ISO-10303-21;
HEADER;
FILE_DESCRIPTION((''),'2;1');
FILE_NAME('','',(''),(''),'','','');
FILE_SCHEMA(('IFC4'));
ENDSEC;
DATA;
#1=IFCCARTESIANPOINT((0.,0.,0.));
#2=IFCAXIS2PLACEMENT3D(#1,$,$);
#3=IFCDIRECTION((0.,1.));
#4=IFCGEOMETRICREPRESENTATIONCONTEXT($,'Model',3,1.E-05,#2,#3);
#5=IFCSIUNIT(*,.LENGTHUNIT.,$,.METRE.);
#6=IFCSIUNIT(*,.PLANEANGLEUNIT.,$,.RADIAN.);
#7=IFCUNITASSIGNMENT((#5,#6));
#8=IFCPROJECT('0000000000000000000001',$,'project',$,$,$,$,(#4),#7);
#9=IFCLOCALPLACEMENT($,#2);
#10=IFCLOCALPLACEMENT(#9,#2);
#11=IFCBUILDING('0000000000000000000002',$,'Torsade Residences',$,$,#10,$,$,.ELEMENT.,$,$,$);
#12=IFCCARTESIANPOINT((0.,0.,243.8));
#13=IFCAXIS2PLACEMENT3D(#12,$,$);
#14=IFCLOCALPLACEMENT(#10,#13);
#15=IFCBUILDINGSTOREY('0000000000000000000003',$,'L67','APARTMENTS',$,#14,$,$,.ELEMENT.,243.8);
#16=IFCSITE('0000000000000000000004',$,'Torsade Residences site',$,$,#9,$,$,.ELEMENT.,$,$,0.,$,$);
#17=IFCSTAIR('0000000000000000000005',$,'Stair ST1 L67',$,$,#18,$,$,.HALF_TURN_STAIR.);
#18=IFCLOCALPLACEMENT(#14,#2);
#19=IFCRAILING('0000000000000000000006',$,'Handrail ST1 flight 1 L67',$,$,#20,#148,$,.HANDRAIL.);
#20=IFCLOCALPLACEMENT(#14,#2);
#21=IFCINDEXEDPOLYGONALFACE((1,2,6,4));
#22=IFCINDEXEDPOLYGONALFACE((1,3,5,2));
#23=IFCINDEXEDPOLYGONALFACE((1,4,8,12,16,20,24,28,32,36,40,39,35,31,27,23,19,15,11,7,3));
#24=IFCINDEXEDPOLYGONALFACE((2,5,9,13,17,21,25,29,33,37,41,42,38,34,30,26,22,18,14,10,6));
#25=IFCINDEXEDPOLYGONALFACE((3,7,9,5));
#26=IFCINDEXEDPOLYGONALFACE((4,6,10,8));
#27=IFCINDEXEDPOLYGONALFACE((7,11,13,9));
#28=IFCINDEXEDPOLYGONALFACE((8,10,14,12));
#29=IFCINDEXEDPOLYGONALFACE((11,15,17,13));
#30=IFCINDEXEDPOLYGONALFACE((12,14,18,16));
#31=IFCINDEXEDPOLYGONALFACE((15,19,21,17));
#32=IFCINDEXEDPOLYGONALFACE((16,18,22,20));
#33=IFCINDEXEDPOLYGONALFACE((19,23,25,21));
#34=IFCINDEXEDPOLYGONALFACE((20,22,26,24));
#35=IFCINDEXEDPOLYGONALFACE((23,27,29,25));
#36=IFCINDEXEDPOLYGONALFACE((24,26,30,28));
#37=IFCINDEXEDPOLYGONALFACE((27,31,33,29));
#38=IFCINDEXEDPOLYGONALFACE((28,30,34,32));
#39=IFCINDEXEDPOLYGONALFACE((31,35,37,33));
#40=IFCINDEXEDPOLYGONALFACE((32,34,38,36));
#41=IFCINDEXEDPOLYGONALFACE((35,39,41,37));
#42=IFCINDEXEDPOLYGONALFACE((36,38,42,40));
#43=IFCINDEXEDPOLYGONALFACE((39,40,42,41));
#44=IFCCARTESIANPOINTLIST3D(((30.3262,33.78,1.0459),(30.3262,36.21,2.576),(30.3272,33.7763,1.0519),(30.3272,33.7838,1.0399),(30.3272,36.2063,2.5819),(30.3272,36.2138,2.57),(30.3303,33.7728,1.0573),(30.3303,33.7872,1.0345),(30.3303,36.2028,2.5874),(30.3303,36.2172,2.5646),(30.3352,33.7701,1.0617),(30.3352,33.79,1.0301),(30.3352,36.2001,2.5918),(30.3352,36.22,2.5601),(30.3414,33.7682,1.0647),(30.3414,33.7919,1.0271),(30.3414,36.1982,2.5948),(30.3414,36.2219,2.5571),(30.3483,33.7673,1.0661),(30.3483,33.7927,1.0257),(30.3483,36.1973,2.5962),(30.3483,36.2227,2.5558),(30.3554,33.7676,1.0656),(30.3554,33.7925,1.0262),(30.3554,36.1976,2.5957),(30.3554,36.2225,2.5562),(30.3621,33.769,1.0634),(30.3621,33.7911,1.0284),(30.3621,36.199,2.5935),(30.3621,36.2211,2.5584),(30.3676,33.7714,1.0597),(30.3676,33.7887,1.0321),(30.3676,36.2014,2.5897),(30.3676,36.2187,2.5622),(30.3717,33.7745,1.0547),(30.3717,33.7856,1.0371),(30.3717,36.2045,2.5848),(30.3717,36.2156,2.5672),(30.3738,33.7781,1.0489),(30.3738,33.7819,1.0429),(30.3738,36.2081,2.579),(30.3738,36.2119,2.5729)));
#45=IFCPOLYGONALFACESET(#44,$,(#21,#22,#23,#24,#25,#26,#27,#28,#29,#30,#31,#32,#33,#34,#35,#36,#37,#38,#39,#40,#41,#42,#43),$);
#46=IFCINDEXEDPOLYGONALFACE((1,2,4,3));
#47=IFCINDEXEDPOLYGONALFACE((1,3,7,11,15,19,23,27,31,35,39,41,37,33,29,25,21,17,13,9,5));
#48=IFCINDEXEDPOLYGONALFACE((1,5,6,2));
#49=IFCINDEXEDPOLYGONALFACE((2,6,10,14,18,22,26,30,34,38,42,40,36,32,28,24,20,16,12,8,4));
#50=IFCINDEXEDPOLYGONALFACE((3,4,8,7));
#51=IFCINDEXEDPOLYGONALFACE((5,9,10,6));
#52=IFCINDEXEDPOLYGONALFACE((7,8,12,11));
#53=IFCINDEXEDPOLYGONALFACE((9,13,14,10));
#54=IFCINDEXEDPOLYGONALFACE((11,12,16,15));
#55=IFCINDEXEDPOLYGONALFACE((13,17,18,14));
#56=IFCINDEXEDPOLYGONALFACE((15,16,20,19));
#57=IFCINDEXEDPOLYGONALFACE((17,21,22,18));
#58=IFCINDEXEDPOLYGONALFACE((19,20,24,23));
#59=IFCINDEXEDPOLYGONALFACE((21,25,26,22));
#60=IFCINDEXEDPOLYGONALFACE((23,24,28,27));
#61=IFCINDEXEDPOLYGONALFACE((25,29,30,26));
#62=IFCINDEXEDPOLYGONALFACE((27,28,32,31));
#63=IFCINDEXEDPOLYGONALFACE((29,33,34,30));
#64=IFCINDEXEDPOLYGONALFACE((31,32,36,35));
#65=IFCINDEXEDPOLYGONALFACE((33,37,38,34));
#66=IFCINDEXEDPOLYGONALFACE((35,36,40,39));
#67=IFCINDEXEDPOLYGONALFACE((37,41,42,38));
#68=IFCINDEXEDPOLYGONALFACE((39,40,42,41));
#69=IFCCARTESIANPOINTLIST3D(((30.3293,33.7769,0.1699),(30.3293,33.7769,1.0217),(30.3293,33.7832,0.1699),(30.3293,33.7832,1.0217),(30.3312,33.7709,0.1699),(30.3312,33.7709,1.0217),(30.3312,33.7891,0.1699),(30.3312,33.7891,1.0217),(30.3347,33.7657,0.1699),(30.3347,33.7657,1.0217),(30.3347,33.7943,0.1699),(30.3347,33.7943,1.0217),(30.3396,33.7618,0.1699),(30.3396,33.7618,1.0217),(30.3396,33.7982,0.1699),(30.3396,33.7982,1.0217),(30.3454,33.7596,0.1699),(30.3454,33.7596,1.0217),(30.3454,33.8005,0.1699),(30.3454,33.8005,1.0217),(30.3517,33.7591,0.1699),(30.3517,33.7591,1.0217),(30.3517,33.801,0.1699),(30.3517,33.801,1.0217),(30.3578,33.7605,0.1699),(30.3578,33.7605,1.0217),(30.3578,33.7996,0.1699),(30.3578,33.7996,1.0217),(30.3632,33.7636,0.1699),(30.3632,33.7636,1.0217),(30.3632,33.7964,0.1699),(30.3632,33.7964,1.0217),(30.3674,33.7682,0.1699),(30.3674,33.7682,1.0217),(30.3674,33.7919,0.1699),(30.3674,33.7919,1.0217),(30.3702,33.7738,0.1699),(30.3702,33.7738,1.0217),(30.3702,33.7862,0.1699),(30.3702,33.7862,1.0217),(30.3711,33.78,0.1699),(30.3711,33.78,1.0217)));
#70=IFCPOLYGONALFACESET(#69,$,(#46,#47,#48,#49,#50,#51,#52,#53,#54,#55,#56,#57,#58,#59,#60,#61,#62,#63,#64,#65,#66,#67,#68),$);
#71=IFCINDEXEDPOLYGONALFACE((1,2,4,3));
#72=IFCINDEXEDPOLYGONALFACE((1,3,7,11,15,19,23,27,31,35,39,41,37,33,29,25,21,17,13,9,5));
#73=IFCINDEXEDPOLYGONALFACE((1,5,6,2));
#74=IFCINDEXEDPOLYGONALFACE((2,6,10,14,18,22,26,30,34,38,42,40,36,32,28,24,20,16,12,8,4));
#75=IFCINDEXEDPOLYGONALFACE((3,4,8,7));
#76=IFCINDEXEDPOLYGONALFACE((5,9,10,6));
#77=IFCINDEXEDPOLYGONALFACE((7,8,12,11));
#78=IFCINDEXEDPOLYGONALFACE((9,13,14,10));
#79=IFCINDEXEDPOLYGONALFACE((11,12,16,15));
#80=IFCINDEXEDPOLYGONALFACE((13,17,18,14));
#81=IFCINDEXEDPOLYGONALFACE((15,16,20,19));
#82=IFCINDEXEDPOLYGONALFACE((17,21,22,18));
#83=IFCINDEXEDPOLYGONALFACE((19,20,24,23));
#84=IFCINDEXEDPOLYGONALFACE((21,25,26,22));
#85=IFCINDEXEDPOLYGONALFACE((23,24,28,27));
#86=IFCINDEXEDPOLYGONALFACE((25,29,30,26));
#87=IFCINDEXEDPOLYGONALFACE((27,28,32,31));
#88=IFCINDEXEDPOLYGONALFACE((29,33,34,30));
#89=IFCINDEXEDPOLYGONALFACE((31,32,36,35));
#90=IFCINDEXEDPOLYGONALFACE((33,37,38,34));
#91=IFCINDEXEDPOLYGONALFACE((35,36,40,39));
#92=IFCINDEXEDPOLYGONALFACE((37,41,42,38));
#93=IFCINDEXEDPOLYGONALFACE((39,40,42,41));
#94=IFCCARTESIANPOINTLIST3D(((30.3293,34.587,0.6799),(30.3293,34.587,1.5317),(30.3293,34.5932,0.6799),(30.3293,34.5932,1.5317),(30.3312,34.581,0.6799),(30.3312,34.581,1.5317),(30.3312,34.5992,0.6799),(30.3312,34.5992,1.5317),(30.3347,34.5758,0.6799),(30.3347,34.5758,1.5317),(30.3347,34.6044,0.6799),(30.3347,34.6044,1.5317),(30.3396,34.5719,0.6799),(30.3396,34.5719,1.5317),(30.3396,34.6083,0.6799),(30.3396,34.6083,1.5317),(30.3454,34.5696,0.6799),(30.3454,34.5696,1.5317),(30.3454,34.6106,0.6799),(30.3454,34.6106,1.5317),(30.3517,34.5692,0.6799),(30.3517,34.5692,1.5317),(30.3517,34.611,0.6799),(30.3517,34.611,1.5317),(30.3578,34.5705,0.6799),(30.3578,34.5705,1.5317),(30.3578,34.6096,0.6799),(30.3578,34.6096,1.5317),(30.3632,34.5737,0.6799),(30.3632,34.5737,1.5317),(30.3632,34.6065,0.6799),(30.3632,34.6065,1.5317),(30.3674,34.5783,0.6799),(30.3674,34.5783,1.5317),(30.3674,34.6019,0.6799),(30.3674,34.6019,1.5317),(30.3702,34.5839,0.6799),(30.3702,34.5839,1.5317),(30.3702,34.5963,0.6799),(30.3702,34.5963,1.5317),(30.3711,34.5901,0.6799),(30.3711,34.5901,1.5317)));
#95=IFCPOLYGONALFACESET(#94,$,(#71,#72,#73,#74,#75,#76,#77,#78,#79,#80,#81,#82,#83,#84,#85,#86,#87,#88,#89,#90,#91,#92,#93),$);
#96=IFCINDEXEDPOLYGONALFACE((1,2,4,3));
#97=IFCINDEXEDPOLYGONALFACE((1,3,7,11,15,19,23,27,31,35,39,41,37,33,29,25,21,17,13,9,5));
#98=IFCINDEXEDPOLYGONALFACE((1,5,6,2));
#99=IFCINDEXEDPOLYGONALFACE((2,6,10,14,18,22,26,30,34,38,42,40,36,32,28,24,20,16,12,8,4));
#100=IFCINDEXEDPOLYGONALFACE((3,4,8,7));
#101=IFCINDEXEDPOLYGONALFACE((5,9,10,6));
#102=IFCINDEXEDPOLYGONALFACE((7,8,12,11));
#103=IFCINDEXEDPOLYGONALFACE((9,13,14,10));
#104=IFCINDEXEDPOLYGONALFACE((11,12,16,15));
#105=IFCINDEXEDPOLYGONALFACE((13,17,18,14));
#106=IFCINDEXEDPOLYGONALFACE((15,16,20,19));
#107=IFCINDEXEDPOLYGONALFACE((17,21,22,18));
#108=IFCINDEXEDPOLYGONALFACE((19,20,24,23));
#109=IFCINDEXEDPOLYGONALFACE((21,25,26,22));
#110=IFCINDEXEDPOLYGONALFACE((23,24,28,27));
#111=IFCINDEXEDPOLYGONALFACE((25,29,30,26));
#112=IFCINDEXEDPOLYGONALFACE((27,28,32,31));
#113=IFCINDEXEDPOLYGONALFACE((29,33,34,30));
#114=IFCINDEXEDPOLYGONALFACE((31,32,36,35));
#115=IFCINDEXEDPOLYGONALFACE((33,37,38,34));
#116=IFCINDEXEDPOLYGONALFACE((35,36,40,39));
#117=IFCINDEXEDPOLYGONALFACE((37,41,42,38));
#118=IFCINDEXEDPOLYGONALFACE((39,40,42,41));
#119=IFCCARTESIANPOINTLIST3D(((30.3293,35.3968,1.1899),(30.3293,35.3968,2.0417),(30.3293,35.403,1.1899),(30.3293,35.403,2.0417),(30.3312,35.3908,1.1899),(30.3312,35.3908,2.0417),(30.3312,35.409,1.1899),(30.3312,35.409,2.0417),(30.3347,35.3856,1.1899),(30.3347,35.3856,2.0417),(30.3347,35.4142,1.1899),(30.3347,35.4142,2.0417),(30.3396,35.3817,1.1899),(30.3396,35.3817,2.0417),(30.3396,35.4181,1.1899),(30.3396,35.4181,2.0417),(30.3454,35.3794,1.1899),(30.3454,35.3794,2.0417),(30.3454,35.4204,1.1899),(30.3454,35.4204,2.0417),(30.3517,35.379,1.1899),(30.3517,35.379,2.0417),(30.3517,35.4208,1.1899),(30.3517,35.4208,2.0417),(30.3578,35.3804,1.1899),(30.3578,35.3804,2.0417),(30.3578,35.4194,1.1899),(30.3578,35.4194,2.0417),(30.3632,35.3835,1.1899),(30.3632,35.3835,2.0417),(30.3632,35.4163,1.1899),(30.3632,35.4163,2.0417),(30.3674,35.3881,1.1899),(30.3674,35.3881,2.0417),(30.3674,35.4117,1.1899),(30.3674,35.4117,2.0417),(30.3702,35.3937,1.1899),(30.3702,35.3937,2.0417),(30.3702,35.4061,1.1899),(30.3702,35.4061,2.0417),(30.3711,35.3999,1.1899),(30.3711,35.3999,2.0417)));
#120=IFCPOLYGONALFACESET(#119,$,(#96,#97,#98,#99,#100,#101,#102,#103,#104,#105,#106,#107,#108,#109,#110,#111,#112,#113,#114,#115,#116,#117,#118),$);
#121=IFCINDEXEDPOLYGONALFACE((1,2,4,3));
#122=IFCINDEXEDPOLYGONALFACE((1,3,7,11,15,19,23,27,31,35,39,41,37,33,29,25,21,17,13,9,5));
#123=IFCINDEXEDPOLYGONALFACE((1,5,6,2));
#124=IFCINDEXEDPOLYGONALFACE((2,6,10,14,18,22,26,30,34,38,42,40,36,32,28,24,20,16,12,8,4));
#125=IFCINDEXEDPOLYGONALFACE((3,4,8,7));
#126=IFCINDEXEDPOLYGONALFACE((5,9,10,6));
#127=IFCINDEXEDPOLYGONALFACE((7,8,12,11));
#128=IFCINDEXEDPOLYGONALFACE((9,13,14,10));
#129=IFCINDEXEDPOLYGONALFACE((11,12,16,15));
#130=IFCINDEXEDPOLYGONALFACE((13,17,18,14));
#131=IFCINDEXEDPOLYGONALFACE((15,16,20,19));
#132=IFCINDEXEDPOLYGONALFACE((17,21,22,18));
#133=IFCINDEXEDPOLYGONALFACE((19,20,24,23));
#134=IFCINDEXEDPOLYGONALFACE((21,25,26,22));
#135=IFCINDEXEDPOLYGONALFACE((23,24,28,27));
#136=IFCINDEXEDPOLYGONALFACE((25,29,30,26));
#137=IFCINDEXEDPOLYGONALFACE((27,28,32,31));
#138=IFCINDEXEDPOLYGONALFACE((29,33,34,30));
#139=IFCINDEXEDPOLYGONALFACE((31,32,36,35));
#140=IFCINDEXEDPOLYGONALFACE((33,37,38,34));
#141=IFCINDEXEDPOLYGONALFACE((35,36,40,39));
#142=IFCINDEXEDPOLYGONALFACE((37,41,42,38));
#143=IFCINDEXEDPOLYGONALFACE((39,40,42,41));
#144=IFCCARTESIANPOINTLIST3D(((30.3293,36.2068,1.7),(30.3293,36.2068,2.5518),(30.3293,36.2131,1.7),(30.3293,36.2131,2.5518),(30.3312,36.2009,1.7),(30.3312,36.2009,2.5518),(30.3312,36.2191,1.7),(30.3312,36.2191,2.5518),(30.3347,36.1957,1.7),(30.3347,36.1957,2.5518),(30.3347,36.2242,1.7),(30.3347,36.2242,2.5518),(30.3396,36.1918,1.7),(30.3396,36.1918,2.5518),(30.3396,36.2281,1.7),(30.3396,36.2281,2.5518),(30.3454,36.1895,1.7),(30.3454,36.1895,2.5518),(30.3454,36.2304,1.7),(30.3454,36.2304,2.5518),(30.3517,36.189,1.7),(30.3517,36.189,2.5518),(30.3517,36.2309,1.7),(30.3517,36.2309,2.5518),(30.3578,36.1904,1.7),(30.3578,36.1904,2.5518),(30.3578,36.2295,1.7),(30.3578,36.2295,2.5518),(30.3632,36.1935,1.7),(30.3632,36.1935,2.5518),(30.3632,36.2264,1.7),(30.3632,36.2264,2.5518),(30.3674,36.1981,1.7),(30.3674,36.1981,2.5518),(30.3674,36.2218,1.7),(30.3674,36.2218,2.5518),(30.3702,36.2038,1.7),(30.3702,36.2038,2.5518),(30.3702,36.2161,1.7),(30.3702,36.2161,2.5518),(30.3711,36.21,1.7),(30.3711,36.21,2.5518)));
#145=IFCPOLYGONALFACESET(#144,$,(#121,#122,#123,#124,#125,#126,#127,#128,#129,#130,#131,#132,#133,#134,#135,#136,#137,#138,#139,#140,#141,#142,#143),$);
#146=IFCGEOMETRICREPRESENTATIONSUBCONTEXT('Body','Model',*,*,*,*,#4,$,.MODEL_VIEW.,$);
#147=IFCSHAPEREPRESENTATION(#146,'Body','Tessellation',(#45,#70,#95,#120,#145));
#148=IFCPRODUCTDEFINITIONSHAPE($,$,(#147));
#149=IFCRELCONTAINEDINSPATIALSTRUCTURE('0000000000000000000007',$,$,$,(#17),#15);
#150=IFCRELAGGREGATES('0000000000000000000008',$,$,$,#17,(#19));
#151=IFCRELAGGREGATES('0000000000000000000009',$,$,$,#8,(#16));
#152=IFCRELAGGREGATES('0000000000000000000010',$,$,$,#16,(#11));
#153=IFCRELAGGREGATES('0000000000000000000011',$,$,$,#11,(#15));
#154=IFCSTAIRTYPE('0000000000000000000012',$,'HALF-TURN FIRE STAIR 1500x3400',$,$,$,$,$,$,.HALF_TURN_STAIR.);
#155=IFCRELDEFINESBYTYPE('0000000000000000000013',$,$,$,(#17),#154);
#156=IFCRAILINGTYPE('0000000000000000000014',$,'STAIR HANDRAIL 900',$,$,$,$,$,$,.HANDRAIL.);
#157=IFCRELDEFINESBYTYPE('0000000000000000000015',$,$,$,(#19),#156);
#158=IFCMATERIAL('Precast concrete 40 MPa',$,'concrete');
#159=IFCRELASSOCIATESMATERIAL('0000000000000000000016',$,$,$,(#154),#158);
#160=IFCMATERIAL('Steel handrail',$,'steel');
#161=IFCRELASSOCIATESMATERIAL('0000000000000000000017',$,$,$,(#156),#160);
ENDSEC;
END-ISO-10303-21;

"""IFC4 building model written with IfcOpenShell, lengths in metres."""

from ifc_helpers import new_model, si_unit, direction, frame, origin, origin_2d, place, context, subcontext, project, spatial, circle, extrude, material, type_object, element, aggregate, save


model = new_model("IFC4")

# Units and contexts
model_context = context("Model", 3, precision=1e-05, world=origin(), true_north=direction((0.0, 1.0)))
body_context = subcontext(model_context, "Body", "Model", "MODEL_VIEW")
ifc_project = project(units=[si_unit("LENGTHUNIT", "METRE"), si_unit("PLANEANGLEUNIT", "RADIAN")], contexts=[model_context])

# Site, building, storey
site_placement = place(None, origin())
site = spatial("IfcSite", under=ifc_project, at=site_placement, Name="Torsade Residences site", CompositionType="ELEMENT", RefElevation=0.0)
building_placement = place(site_placement, origin())
building = spatial("IfcBuilding", under=site, at=building_placement, Name="Torsade Residences", CompositionType="ELEMENT")
storey_placement = place(building_placement, frame((0.0, 0.0, 243.8)))
storey = spatial("IfcBuildingStorey", under=building, at=storey_placement, Name="L67", Description="APARTMENTS", CompositionType="ELEMENT", Elevation=243.8)

# Stair, railing
ifc_material_1 = material(Name="Precast concrete 40 MPa", Category="concrete")
stair_type = type_object("IfcStairType", Name="HALF-TURN FIRE STAIR 1500x3400", PredefinedType="HALF_TURN_STAIR", material=ifc_material_1)
stair_placement = place(storey_placement, origin())
stair = element("IfcStair", 1, at=stair_placement, inside=storey, type_object=stair_type, Name="Stair ST1 L67", PredefinedType="HALF_TURN_STAIR")
ifc_material_2 = material(Name="Steel handrail", Category="steel")
railing_type = type_object("IfcRailingType", Name="STAIR HANDRAIL 900", PredefinedType="HANDRAIL", material=ifc_material_2)
railing_1_placement = place(storey_placement, frame((30.3501, 33.78, 0.1699)))
railing_1 = element("IfcRailing", 2, at=railing_1_placement, type_object=railing_type, Name="Handrail ST1 flight 1 L67", PredefinedType="HANDRAIL", context=body_context, shape_type="SweptSolid", body=[
    extrude(circle(Radius=0.0239, at=origin_2d()), frame((0.0, 0.0, 0.876), z_axis=(0.0, 0.846221, 0.532831), x_axis=(-1.0, 0.0, 0.0)), (0.0, 0.0, 1.0), 2.8716),
    extrude(circle(Radius=0.021, at=origin_2d()), origin(), (0.0, 0.0, 1.0), 0.8518),
    extrude(circle(Radius=0.021, at=origin_2d()), frame((0.0, 0.8101, 0.51)), (0.0, 0.0, 1.0), 0.8518),
    extrude(circle(Radius=0.021, at=origin_2d()), frame((0.0, 1.6199, 1.02)), (0.0, 0.0, 1.0), 0.8518),
    extrude(circle(Radius=0.021, at=origin_2d()), frame((0.0, 2.4299, 1.53)), (0.0, 0.0, 1.0), 0.8518),
])
aggregate(stair, [railing_1])

save(model, "model.ifc")
